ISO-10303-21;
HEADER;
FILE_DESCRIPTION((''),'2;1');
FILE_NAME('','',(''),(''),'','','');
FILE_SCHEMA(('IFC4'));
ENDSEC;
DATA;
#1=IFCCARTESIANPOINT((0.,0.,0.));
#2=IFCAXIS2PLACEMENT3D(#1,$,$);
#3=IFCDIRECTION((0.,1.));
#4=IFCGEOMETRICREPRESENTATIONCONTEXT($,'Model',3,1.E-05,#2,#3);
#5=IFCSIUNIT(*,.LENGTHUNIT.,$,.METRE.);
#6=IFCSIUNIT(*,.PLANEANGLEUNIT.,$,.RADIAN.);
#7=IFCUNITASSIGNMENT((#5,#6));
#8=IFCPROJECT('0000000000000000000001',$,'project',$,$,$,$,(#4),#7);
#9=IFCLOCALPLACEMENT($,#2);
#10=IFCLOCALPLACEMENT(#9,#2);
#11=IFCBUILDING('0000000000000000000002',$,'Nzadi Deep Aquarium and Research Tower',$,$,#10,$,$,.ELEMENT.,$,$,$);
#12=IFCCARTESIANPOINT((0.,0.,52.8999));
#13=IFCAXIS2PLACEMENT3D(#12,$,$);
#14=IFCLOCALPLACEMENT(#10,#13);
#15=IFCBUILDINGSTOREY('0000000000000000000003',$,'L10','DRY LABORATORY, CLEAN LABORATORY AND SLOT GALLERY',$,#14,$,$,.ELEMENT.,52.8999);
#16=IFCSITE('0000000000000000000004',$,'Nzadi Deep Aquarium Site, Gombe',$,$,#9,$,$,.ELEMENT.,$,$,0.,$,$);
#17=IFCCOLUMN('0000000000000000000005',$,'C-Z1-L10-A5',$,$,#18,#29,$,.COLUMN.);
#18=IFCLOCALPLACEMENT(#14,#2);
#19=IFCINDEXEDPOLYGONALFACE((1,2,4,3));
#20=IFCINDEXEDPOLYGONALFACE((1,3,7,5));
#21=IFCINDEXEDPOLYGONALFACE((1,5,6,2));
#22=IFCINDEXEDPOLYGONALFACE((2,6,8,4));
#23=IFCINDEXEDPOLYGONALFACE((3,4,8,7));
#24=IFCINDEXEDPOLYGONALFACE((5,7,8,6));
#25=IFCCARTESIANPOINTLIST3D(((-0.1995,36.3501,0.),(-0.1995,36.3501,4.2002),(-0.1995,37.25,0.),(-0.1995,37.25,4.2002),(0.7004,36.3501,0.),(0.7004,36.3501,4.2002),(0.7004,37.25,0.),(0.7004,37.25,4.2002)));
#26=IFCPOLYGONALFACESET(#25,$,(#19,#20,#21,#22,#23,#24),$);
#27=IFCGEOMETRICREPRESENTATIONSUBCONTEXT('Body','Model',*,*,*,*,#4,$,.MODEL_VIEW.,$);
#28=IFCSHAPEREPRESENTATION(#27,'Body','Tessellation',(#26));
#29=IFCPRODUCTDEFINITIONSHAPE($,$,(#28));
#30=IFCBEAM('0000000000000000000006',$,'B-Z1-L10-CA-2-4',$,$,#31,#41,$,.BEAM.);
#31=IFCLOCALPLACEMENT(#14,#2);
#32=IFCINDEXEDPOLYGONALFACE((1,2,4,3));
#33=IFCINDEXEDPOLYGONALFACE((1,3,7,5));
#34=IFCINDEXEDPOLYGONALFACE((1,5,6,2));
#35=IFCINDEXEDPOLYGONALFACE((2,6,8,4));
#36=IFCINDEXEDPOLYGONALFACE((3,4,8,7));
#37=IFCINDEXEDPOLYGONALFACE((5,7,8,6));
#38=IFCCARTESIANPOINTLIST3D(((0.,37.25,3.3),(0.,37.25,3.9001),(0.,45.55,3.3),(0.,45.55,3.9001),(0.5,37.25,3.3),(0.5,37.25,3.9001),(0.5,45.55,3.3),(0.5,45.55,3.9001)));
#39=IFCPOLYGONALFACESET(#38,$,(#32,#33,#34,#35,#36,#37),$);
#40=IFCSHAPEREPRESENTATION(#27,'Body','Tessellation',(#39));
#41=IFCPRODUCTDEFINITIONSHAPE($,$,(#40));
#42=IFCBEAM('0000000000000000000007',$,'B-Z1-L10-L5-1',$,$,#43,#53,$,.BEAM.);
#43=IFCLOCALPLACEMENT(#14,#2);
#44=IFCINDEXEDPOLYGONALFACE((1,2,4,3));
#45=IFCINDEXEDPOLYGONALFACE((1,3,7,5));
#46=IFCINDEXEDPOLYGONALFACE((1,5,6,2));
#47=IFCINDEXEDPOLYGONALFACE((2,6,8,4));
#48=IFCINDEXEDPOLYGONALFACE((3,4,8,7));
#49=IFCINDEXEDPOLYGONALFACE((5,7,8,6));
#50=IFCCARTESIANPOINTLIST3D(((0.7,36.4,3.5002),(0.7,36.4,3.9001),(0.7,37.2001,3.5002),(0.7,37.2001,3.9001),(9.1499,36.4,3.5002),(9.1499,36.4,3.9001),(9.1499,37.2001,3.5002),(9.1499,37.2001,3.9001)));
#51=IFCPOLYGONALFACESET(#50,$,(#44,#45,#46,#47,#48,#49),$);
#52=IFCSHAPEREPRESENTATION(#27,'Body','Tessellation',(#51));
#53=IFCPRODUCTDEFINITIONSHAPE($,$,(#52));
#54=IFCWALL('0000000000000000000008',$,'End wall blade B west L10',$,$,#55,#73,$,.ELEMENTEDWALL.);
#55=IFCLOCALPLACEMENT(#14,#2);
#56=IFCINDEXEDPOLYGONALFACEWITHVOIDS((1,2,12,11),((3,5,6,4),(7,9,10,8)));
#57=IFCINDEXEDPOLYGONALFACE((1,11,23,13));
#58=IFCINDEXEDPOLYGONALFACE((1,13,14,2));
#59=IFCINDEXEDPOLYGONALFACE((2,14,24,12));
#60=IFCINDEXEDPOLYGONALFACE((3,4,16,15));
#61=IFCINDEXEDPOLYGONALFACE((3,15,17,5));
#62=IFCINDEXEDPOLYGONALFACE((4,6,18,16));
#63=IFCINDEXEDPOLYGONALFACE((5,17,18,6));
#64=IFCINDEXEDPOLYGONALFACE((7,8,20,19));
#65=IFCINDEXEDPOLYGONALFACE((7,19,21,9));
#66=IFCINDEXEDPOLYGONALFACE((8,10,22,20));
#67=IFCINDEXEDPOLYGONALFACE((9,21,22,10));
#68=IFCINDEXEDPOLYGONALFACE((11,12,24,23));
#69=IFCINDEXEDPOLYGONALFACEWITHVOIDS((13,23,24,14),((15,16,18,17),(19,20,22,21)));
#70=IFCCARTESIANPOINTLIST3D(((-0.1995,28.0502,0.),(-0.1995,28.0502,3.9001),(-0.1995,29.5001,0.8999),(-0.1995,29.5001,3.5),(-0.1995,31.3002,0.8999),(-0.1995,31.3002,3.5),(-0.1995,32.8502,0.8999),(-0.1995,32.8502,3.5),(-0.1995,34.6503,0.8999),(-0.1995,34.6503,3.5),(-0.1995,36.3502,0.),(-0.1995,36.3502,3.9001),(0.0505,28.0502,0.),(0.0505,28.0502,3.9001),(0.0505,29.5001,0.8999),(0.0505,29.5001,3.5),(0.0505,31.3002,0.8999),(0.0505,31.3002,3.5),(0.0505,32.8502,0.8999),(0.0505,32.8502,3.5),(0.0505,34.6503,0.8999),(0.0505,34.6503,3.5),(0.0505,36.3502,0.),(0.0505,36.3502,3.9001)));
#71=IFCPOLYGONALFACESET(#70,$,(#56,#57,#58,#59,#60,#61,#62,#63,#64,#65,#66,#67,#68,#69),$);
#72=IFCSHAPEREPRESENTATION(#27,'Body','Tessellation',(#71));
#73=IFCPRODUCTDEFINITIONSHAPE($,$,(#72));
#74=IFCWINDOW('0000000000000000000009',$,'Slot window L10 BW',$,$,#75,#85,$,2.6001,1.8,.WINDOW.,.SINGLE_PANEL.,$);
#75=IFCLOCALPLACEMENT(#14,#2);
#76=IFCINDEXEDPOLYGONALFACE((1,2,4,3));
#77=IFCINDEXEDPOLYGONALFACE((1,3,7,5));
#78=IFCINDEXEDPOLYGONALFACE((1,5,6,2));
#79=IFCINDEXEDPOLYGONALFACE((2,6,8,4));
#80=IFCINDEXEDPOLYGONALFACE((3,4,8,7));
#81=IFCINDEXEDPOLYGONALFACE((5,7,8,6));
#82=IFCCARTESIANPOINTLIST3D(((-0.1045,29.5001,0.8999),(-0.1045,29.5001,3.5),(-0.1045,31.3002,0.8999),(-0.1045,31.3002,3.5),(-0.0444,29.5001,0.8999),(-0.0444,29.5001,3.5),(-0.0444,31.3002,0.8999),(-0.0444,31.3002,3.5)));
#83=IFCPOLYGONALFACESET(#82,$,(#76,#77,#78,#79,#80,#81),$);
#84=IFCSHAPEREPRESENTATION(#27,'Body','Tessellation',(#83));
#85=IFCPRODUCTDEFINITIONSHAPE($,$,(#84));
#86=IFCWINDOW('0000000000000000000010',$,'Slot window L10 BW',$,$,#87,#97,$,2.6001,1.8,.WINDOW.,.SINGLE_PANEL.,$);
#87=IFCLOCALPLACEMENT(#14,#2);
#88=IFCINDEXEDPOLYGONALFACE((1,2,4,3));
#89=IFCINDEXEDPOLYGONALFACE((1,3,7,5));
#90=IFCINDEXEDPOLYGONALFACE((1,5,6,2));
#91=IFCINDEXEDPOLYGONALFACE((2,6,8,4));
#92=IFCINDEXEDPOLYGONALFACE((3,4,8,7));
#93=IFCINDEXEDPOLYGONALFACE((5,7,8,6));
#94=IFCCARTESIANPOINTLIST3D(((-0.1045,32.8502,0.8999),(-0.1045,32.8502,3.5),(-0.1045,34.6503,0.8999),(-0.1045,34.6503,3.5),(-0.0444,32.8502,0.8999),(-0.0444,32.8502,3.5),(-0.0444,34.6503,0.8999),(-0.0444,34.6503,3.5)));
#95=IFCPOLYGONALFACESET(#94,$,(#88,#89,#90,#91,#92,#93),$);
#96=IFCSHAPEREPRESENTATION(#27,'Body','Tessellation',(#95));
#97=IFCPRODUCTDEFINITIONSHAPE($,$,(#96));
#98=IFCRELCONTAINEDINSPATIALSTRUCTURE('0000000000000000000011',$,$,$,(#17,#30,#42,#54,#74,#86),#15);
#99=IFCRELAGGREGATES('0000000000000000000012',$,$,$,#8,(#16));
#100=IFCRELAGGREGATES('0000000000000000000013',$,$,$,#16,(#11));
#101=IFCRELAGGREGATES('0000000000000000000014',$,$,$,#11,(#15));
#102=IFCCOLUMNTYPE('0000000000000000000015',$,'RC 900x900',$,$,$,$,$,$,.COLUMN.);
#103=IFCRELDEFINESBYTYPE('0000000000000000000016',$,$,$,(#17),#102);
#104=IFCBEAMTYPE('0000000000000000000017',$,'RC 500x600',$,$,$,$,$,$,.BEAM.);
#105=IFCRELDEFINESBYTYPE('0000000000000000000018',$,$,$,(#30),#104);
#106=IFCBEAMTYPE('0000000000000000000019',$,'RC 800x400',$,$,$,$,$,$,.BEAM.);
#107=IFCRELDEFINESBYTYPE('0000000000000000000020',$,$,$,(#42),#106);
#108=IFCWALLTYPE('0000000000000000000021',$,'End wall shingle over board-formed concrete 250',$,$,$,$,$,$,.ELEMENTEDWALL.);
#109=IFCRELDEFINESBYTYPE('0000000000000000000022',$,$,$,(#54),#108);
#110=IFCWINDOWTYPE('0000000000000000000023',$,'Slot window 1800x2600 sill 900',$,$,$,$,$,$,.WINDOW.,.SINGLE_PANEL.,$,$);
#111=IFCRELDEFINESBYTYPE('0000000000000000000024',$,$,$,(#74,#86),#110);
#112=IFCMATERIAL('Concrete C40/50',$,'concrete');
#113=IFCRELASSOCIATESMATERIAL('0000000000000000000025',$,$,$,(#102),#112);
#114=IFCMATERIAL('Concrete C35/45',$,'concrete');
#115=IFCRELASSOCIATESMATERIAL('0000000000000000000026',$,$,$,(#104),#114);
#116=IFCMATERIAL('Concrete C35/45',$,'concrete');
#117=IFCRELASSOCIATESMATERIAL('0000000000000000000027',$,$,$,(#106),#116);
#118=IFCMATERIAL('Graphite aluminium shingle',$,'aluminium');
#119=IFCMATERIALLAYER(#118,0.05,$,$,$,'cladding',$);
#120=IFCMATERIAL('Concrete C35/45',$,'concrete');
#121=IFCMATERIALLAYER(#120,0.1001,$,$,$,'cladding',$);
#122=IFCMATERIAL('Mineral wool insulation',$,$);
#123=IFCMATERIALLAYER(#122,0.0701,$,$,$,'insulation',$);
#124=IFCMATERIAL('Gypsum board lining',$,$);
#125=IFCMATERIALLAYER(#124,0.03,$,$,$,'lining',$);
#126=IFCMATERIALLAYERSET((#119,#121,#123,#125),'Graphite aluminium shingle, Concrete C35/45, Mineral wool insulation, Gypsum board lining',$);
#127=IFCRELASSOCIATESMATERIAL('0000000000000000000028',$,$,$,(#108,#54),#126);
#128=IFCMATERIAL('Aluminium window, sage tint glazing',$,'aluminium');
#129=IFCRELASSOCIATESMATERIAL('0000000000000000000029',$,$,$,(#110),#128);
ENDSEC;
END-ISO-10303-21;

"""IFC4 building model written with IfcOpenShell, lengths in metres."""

from ifc_helpers import new_model, si_unit, direction, frame, frame_2d, origin, origin_2d, place, context, subcontext, project, spatial, rectangle, extrude, material, layer, layer_set, layer_usage, material_profile, profile_set, type_object, element, fill, save


model = new_model("IFC4")

# Units and contexts
model_context = context("Model", 3, precision=1e-05, world=origin(), true_north=direction((0.0, 1.0)))
body_context = subcontext(model_context, "Body", "Model", "MODEL_VIEW")
ifc_project = project(units=[si_unit("LENGTHUNIT", "METRE"), si_unit("PLANEANGLEUNIT", "RADIAN")], contexts=[model_context])

# Site, building, storey
site_placement = place(None, origin())
site = spatial("IfcSite", under=ifc_project, at=site_placement, Name="Nzadi Deep Aquarium Site, Gombe", CompositionType="ELEMENT", RefElevation=0.0)
building_placement = place(site_placement, origin())
building = spatial("IfcBuilding", under=site, at=building_placement, Name="Nzadi Deep Aquarium and Research Tower", CompositionType="ELEMENT")
storey_placement = place(building_placement, frame((0.0, 0.0, 52.8999)))
storey = spatial("IfcBuildingStorey", under=building, at=storey_placement, Name="L10", Description="DRY LABORATORY, CLEAN LABORATORY AND SLOT GALLERY", CompositionType="ELEMENT", Elevation=52.8999)

# Column
ifc_material_1 = material(Name="Concrete C40/50", Category="concrete")
ifc_material_profile_1 = material_profile(ifc_material_1, rectangle(XDim=0.8999, YDim=0.8999, at=origin_2d()))
ifc_profile_set_1 = profile_set([ifc_material_profile_1], Name="Concrete C40/50")
column_type = type_object("IfcColumnType", Name="RC 900x900", PredefinedType="COLUMN", material=ifc_profile_set_1)
column_placement = place(storey_placement, frame((0.2505, 36.8, 0.0), z_axis=(0.0, 0.0, 1.0), x_axis=(1.0, 0.0, 0.0)))
element("IfcColumn", 1, at=column_placement, inside=storey, type_object=column_type, Name="C-Z1-L10-A5", PredefinedType="COLUMN", context=body_context, shape_type="SweptSolid", body=[
    extrude(rectangle(XDim=0.8999, YDim=0.8999, at=origin_2d()), origin(), (0.0, 0.0, 1.0), 4.2002),
])

# Beams
ifc_material_2 = material(Name="Concrete C35/45", Category="concrete")
ifc_material_profile_2 = material_profile(ifc_material_2, rectangle(XDim=0.5, YDim=0.6001, at=origin_2d()))
ifc_profile_set_2 = profile_set([ifc_material_profile_2], Name="Concrete C35/45")
beam_type_1 = type_object("IfcBeamType", Name="RC 500x600", PredefinedType="BEAM", material=ifc_profile_set_2)
beam_1_placement = place(storey_placement, frame((0.25, 37.25, 3.6001), z_axis=(0.0, 1.0, 0.0), x_axis=(-1.0, 0.0, 0.0)))
element("IfcBeam", 2, at=beam_1_placement, inside=storey, type_object=beam_type_1, Name="B-Z1-L10-CA-2-4", PredefinedType="BEAM", context=body_context, shape_type="SweptSolid", body=[
    extrude(rectangle(XDim=0.5, YDim=0.6001, at=origin_2d()), origin(), (0.0, 0.0, 1.0), 8.3),
])
ifc_material_3 = material(Name="Concrete C35/45", Category="concrete")
ifc_material_profile_3 = material_profile(ifc_material_3, rectangle(XDim=0.8, YDim=0.3999, at=origin_2d()))
ifc_profile_set_3 = profile_set([ifc_material_profile_3], Name="Concrete C35/45")
beam_type_2 = type_object("IfcBeamType", Name="RC 800x400", PredefinedType="BEAM", material=ifc_profile_set_3)
beam_2_placement = place(storey_placement, frame((0.7, 36.8, 3.7002), z_axis=(1.0, 0.0, 0.0), x_axis=(0.0, 1.0, 0.0)))
element("IfcBeam", 3, at=beam_2_placement, inside=storey, type_object=beam_type_2, Name="B-Z1-L10-L5-1", PredefinedType="BEAM", context=body_context, shape_type="SweptSolid", body=[
    extrude(rectangle(XDim=0.8, YDim=0.3999, at=origin_2d()), origin(), (0.0, 0.0, 1.0), 8.45),
])

# Wall, openings, windows
ifc_material_4 = material(Name="Graphite aluminium shingle", Category="aluminium")
ifc_layer_1 = layer(ifc_material_4, 0.05, Category="cladding")
ifc_material_5 = material(Name="Concrete C35/45", Category="concrete")
ifc_layer_2 = layer(ifc_material_5, 0.1001, Category="cladding")
ifc_material_6 = material(Name="Mineral wool insulation")
ifc_layer_3 = layer(ifc_material_6, 0.0701, Category="insulation")
ifc_material_7 = material(Name="Gypsum board lining")
ifc_layer_4 = layer(ifc_material_7, 0.03, Category="lining")
ifc_layer_set_1 = layer_set([ifc_layer_1, ifc_layer_2, ifc_layer_3, ifc_layer_4], Name="Graphite aluminium shingle, Concrete C35/45, Mineral wool insulation, Gypsum board lining")
ifc_layer_usage = layer_usage(ifc_layer_set_1, "AXIS2", "POSITIVE", -0.125)
wall_type_1 = type_object("IfcWallType", Name="End wall shingle over board-formed concrete 250", PredefinedType="ELEMENTEDWALL", material=ifc_layer_set_1)
wall_1_placement = place(storey_placement, frame((-0.0745, 36.3501, 0.0), z_axis=(0.0, 0.0, 1.0), x_axis=(0.0, -1.0, 0.0)))
wall_1 = element("IfcWall", 4, at=wall_1_placement, inside=storey, type_object=wall_type_1, material=ifc_layer_usage, Name="End wall blade B west L10", PredefinedType="ELEMENTEDWALL", context=body_context, shape_type="SweptSolid", body=[
    extrude(rectangle(XDim=8.3, YDim=0.25, at=frame_2d((4.1499, 0.0))), origin(), (0.0, 0.0, 1.0), 3.9001),
])
opening_1_placement = place(wall_1_placement, frame((5.05, 0.0, 0.8999)))
opening_1 = element("IfcOpeningElement", 5, at=opening_1_placement, cuts=wall_1, PredefinedType="OPENING", context=body_context, shape_type="SweptSolid", body=[
    extrude(rectangle(XDim=1.8, YDim=2.6001, at=frame_2d((0.8999, 1.3))), frame((0.0, 0.135, 0.0), z_axis=(0.0, -1.0, 0.0), x_axis=(1.0, 0.0, 0.0)), (0.0, 0.0, 1.0), 0.27),
])
opening_2_placement = place(wall_1_placement, frame((1.7, 0.0, 0.8999)))
opening_2 = element("IfcOpeningElement", 6, at=opening_2_placement, cuts=wall_1, PredefinedType="OPENING", context=body_context, shape_type="SweptSolid", body=[
    extrude(rectangle(XDim=1.8, YDim=2.6001, at=frame_2d((0.8999, 1.3))), frame((0.0, 0.135, 0.0), z_axis=(0.0, -1.0, 0.0), x_axis=(1.0, 0.0, 0.0)), (0.0, 0.0, 1.0), 0.27),
])
ifc_material_8 = material(Name="Aluminium window, sage tint glazing", Category="aluminium")
window_type = type_object("IfcWindowType", Name="Slot window 1800x2600 sill 900", PartitioningType="SINGLE_PANEL", PredefinedType="WINDOW", material=ifc_material_8)
window_1_placement = place(opening_1_placement, origin())
window_1 = element("IfcWindow", 7, at=window_1_placement, inside=storey, type_object=window_type, Name="Slot window L10 BW", OverallHeight=2.6001, OverallWidth=1.8, PartitioningType="SINGLE_PANEL", PredefinedType="WINDOW", context=body_context, shape_type="SweptSolid", body=[
    extrude(rectangle(XDim=1.8, YDim=2.6001, at=frame_2d((0.8999, 1.3))), frame((0.0, 0.03, 0.0), z_axis=(0.0, -1.0, 0.0), x_axis=(1.0, 0.0, 0.0)), (0.0, 0.0, 1.0), 0.0601),
])
fill(opening_1, window_1)
window_2_placement = place(opening_2_placement, origin())
window_2 = element("IfcWindow", 8, at=window_2_placement, inside=storey, type_object=window_type, Name="Slot window L10 BW", OverallHeight=2.6001, OverallWidth=1.8, PartitioningType="SINGLE_PANEL", PredefinedType="WINDOW", context=body_context, shape_type="SweptSolid", body=[
    extrude(rectangle(XDim=1.8, YDim=2.6001, at=frame_2d((0.8999, 1.3))), frame((0.0, 0.03, 0.0), z_axis=(0.0, -1.0, 0.0), x_axis=(1.0, 0.0, 0.0)), (0.0, 0.0, 1.0), 0.0601),
])
fill(opening_2, window_2)

save(model, "model.ifc")
